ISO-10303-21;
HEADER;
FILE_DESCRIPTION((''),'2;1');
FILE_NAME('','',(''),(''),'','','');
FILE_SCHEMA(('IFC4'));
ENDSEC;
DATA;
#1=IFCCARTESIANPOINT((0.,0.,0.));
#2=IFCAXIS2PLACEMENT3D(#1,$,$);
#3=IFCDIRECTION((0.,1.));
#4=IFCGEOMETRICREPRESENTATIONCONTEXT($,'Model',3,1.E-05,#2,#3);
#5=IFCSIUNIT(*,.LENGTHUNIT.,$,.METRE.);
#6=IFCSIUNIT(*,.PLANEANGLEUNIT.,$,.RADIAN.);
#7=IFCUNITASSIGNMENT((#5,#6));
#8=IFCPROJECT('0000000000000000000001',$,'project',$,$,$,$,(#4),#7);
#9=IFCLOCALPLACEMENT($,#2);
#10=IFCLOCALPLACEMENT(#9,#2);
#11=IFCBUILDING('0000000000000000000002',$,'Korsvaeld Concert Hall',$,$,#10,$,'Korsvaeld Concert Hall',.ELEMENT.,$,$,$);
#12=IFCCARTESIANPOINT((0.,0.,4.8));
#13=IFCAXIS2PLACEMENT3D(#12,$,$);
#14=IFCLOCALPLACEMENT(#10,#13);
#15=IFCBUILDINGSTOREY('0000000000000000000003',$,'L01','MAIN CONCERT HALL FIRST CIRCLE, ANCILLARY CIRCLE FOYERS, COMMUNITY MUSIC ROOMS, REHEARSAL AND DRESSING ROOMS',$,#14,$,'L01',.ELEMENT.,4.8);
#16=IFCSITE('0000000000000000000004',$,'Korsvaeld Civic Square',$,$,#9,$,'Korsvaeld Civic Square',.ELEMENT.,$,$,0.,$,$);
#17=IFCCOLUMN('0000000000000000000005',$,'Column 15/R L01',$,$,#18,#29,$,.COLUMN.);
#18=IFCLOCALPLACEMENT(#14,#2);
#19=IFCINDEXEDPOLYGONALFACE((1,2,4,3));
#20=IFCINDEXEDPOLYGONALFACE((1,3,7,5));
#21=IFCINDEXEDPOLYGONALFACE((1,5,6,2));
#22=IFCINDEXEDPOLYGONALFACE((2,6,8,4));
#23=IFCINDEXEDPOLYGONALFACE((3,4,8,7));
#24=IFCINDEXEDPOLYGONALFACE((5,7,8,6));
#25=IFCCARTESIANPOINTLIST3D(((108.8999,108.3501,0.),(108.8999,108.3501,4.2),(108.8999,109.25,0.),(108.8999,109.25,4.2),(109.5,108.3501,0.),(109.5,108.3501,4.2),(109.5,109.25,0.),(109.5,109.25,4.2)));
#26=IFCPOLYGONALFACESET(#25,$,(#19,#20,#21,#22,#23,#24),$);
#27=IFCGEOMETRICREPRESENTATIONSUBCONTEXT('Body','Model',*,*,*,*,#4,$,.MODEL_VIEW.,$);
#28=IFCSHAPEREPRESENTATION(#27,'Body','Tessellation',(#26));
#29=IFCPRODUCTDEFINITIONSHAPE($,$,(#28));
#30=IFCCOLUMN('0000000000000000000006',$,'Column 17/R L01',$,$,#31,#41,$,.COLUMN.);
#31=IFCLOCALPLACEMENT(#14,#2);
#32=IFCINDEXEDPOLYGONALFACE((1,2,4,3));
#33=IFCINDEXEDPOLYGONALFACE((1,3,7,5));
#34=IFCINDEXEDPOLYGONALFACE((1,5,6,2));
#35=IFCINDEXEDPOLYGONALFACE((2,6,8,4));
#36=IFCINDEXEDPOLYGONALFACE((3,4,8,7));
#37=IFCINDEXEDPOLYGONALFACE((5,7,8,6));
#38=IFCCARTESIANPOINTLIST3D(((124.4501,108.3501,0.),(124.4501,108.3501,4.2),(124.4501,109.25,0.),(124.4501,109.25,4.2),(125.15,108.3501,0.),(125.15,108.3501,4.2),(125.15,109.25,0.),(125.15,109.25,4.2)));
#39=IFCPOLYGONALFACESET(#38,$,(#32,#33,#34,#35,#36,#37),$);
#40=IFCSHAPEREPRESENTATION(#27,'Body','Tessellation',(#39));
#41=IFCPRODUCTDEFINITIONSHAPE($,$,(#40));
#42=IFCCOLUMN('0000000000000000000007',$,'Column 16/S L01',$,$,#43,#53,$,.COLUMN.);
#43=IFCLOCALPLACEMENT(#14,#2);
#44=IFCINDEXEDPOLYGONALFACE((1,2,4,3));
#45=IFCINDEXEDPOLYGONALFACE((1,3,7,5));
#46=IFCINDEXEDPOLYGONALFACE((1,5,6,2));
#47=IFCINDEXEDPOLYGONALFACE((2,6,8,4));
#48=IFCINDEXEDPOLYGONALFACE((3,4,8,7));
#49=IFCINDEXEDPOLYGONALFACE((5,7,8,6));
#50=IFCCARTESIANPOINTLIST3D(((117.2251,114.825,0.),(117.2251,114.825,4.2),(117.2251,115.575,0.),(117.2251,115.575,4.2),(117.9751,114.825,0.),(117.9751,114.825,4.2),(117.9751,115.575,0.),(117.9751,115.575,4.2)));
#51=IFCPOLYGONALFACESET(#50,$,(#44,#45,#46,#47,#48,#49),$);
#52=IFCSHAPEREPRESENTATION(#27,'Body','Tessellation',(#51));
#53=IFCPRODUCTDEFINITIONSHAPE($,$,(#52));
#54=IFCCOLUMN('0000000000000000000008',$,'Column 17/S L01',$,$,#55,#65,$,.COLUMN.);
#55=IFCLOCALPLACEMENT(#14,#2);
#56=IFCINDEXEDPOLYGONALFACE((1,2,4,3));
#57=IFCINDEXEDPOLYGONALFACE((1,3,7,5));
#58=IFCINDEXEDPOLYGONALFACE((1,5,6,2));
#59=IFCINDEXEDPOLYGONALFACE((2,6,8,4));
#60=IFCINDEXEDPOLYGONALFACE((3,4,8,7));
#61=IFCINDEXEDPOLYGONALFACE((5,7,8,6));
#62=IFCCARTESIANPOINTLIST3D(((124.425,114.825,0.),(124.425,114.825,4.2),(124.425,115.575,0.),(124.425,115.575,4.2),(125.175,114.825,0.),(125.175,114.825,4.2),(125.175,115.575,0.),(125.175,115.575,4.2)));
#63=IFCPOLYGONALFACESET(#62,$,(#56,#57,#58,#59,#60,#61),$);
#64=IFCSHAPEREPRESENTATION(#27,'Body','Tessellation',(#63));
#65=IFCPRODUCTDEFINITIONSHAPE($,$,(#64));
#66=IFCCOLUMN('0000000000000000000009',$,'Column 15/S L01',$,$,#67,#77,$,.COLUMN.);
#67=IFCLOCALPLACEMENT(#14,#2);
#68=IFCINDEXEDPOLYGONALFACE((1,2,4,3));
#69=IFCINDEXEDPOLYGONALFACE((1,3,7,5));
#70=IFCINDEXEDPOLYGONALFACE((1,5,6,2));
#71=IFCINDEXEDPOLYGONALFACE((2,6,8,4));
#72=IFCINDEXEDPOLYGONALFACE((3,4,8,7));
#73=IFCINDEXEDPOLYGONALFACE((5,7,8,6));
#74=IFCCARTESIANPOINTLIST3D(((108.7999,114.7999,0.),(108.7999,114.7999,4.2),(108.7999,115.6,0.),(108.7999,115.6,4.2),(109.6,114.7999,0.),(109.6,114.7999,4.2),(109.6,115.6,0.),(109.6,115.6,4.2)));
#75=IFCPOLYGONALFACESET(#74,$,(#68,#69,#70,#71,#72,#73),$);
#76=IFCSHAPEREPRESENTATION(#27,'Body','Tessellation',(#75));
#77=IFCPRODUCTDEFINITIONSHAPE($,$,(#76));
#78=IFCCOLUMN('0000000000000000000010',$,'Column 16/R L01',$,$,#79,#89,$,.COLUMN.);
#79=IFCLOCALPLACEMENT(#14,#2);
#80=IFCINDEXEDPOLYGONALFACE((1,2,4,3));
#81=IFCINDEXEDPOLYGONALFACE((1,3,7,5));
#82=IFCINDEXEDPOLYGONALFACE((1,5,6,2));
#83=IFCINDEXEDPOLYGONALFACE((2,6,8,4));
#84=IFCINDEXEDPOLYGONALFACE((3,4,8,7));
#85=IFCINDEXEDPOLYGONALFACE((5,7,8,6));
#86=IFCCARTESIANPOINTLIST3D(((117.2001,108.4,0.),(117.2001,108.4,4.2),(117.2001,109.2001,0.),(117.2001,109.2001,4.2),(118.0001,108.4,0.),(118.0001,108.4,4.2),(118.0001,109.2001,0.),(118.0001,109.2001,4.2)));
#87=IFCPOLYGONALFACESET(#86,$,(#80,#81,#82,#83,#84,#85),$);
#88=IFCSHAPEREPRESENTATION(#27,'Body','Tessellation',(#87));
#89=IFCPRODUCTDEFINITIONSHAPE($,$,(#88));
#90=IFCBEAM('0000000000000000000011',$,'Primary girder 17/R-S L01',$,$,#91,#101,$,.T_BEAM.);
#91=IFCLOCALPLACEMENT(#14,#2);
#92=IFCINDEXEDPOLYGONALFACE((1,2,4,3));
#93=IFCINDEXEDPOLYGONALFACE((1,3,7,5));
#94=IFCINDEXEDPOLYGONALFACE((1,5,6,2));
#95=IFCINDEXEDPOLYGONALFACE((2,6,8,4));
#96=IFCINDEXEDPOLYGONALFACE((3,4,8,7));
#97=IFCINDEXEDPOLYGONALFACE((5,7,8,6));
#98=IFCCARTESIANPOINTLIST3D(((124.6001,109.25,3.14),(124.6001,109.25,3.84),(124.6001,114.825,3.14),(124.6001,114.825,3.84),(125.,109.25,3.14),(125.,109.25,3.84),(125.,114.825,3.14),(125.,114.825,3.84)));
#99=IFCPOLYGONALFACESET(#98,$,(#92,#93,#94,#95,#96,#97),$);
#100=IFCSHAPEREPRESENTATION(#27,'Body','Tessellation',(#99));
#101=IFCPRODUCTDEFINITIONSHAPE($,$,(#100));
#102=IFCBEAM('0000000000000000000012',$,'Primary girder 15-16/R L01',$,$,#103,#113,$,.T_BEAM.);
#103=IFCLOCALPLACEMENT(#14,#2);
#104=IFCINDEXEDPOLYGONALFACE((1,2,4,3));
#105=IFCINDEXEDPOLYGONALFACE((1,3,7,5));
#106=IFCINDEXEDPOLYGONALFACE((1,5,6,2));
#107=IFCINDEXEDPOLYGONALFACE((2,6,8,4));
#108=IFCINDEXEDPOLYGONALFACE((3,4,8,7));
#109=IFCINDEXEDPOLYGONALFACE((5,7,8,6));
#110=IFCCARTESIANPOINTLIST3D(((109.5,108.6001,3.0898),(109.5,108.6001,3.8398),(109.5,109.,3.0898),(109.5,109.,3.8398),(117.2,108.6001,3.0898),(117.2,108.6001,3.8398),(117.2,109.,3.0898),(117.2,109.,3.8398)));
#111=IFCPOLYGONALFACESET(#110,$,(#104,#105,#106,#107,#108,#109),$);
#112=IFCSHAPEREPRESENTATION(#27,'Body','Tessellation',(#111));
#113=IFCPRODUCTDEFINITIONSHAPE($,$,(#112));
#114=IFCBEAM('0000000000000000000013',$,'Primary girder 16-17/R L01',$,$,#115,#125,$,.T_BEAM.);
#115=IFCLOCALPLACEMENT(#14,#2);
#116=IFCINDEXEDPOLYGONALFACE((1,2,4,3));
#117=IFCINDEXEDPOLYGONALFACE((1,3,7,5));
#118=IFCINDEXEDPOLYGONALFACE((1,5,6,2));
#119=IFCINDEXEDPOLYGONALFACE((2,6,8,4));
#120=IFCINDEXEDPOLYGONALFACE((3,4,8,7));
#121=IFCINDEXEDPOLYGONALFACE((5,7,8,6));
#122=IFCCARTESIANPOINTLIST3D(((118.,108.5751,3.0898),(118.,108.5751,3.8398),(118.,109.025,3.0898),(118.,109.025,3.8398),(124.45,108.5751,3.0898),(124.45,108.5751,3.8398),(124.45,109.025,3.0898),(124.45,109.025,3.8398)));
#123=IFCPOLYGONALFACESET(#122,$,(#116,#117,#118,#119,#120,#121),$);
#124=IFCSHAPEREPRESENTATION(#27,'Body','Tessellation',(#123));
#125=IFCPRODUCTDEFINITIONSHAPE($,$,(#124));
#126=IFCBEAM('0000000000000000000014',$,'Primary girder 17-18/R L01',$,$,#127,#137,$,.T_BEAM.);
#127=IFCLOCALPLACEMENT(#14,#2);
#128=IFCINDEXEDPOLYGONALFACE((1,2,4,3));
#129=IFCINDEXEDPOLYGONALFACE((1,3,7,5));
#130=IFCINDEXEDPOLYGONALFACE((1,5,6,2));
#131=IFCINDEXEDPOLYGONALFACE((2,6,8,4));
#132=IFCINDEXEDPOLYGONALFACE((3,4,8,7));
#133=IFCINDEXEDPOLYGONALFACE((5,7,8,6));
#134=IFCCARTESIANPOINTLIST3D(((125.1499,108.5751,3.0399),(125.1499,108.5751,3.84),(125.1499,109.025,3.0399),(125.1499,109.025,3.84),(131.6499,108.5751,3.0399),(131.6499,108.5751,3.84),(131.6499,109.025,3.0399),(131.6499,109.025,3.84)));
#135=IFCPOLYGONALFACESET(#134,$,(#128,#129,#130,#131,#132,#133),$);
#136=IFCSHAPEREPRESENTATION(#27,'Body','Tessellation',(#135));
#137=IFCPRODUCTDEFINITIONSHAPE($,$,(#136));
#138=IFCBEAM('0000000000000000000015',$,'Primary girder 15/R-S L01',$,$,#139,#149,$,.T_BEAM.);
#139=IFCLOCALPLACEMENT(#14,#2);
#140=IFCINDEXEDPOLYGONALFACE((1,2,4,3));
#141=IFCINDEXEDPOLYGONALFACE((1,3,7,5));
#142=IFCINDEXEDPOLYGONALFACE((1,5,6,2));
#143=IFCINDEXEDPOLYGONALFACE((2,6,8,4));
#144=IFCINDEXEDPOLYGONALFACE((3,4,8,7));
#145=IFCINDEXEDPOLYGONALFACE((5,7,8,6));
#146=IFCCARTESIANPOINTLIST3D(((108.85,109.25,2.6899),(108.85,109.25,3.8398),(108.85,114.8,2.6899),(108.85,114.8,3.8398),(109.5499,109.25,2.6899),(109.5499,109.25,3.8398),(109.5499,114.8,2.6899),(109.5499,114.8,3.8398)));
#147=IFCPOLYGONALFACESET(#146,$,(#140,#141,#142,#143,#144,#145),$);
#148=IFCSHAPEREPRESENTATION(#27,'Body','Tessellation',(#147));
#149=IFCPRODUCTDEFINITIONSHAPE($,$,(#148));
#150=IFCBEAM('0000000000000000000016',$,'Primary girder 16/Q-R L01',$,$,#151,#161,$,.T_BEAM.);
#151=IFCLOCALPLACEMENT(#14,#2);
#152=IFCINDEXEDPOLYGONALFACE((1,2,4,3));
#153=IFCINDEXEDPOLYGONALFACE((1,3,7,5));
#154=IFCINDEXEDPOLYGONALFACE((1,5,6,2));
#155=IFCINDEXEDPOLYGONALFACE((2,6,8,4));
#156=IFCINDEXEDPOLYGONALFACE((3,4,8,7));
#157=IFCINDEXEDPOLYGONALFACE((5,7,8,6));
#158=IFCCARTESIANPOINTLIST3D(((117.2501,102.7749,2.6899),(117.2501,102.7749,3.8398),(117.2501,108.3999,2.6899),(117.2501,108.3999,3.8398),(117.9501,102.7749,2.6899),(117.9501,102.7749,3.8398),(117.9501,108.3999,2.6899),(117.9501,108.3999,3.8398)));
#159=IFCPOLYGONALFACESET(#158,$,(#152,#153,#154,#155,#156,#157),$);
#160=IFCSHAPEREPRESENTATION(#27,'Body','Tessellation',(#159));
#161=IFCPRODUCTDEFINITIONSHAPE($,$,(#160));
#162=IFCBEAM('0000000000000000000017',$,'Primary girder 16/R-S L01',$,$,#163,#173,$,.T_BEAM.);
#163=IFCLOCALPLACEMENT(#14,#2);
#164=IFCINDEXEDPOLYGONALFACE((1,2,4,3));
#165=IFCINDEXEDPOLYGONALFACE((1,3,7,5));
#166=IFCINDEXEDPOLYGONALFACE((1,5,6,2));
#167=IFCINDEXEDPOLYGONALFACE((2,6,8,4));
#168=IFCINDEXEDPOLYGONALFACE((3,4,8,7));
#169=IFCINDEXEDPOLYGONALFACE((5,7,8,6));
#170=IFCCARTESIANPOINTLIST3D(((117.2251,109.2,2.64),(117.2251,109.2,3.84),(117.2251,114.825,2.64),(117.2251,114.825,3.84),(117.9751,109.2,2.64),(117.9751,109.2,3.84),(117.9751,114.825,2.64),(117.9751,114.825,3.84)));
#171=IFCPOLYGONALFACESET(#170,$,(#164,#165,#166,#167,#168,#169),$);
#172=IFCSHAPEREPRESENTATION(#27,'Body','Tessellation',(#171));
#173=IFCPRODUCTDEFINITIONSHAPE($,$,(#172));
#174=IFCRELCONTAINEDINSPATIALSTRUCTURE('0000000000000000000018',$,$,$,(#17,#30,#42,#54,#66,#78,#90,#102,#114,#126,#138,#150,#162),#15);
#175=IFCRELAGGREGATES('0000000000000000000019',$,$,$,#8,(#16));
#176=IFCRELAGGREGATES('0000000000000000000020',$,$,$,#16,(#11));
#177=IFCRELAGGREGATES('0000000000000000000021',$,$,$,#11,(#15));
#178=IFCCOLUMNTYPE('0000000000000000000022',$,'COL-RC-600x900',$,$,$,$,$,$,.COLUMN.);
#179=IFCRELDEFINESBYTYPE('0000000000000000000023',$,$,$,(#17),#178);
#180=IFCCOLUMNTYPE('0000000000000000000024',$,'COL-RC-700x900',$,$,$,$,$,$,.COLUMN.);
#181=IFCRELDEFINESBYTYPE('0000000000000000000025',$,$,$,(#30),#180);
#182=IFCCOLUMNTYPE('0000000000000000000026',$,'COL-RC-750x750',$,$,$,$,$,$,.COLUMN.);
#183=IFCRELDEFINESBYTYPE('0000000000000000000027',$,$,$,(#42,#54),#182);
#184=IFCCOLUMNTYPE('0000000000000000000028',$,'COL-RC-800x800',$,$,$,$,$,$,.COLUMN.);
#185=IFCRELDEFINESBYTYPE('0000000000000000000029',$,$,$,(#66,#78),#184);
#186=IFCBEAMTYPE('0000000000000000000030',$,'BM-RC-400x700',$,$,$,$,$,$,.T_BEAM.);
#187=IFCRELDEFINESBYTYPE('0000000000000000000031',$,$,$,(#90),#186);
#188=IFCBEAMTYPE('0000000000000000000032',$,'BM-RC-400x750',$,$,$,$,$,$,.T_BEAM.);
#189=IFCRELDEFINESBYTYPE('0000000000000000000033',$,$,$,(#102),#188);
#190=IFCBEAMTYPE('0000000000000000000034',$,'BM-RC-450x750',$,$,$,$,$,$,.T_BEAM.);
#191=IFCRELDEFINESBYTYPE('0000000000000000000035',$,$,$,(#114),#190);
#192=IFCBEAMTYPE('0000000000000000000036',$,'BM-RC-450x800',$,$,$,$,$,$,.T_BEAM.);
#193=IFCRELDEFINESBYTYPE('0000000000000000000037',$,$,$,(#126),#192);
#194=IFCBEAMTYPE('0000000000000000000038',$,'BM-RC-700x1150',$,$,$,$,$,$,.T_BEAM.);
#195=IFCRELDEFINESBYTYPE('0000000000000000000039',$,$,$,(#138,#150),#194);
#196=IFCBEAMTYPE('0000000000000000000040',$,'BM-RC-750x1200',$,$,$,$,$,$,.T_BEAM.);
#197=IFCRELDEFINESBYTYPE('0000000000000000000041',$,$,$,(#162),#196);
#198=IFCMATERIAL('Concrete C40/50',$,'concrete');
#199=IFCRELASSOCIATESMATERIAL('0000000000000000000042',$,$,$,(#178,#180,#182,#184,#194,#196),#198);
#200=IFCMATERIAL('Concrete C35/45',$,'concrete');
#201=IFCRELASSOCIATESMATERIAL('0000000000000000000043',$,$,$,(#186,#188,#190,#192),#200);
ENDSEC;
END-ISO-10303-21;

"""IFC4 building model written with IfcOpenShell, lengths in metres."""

from ifc_helpers import new_model, si_unit, direction, frame, origin, origin_2d, place, context, subcontext, project, spatial, rectangle, extrude, material, material_profile, profile_set, type_object, element, save


model = new_model("IFC4")

# Units and contexts
model_context = context("Model", 3, precision=1e-05, world=origin(), true_north=direction((0.0, 1.0)))
body_context = subcontext(model_context, "Body", "Model", "MODEL_VIEW")
ifc_project = project(units=[si_unit("LENGTHUNIT", "METRE"), si_unit("PLANEANGLEUNIT", "RADIAN")], contexts=[model_context])

# Site, building, storey
site_placement = place(None, origin())
site = spatial("IfcSite", under=ifc_project, at=site_placement, Name="Korsvaeld Civic Square", LongName="Korsvaeld Civic Square", CompositionType="ELEMENT", RefElevation=0.0)
building_placement = place(site_placement, origin())
building = spatial("IfcBuilding", under=site, at=building_placement, Name="Korsvaeld Concert Hall", LongName="Korsvaeld Concert Hall", CompositionType="ELEMENT")
storey_placement = place(building_placement, frame((0.0, 0.0, 4.8)))
storey = spatial("IfcBuildingStorey", under=building, at=storey_placement, Name="L01", Description="MAIN CONCERT HALL FIRST CIRCLE, ANCILLARY CIRCLE FOYERS, COMMUNITY MUSIC ROOMS, REHEARSAL AND DRESSING ROOMS", LongName="L01", CompositionType="ELEMENT", Elevation=4.8)

# Columns
ifc_material_1 = material(Name="Concrete C40/50", Category="concrete")
ifc_material_profile_1 = material_profile(ifc_material_1, rectangle(XDim=0.6001, YDim=0.8999, at=origin_2d()), Name="RC 600x900")
ifc_profile_set_1 = profile_set([ifc_material_profile_1], Name="Concrete C40/50")
column_type_1 = type_object("IfcColumnType", Name="COL-RC-600x900", PredefinedType="COLUMN", material=ifc_profile_set_1)
column_1_placement = place(storey_placement, frame((109.2, 108.8, 0.0), z_axis=(0.0, 0.0, 1.0), x_axis=(1.0, 0.0, 0.0)))
element("IfcColumn", 1, at=column_1_placement, inside=storey, type_object=column_type_1, Name="Column 15/R L01", PredefinedType="COLUMN", context=body_context, shape_type="SweptSolid", body=[
    extrude(rectangle(XDim=0.6001, YDim=0.8999, at=origin_2d()), origin(), (0.0, 0.0, 1.0), 4.2),
])
ifc_material_profile_2 = material_profile(ifc_material_1, rectangle(XDim=0.7, YDim=0.8999, at=origin_2d()), Name="RC 700x900")
ifc_profile_set_2 = profile_set([ifc_material_profile_2], Name="Concrete C40/50")
column_type_2 = type_object("IfcColumnType", Name="COL-RC-700x900", PredefinedType="COLUMN", material=ifc_profile_set_2)
column_2_placement = place(storey_placement, frame((124.8, 108.8, 0.0), z_axis=(0.0, 0.0, 1.0), x_axis=(1.0, 0.0, 0.0)))
element("IfcColumn", 2, at=column_2_placement, inside=storey, type_object=column_type_2, Name="Column 17/R L01", PredefinedType="COLUMN", context=body_context, shape_type="SweptSolid", body=[
    extrude(rectangle(XDim=0.7, YDim=0.8999, at=origin_2d()), origin(), (0.0, 0.0, 1.0), 4.2),
])
ifc_material_profile_3 = material_profile(ifc_material_1, rectangle(XDim=0.75, YDim=0.75, at=origin_2d()), Name="RC 750x750")
ifc_profile_set_3 = profile_set([ifc_material_profile_3], Name="Concrete C40/50")
column_type_3 = type_object("IfcColumnType", Name="COL-RC-750x750", PredefinedType="COLUMN", material=ifc_profile_set_3)
for number, where, z_axis, x_axis, name in (
    (3, (117.6001, 115.2, 0.0), (0.0, 0.0, 1.0), (1.0, 0.0, 0.0), "Column 16/S L01"),
    (4, (124.8, 115.2, 0.0), (0.0, 0.0, 1.0), (1.0, 0.0, 0.0), "Column 17/S L01"),
):
    element("IfcColumn", number, at=place(storey_placement, frame(where, z_axis=z_axis, x_axis=x_axis)), inside=storey, type_object=column_type_3, Name=name, PredefinedType="COLUMN", context=body_context, shape_type="SweptSolid", body=[
        extrude(rectangle(XDim=0.75, YDim=0.75, at=origin_2d()), origin(), (0.0, 0.0, 1.0), 4.2),
    ])
ifc_material_profile_4 = material_profile(ifc_material_1, rectangle(XDim=0.8, YDim=0.8, at=origin_2d()), Name="RC 800x800")
ifc_profile_set_4 = profile_set([ifc_material_profile_4], Name="Concrete C40/50")
column_type_4 = type_object("IfcColumnType", Name="COL-RC-800x800", PredefinedType="COLUMN", material=ifc_profile_set_4)
for number, where, z_axis, x_axis, name in (
    (5, (109.2, 115.2, 0.0), (0.0, 0.0, 1.0), (1.0, 0.0, 0.0), "Column 15/S L01"),
    (6, (117.6001, 108.8, 0.0), (0.0, 0.0, 1.0), (1.0, 0.0, 0.0), "Column 16/R L01"),
):
    element("IfcColumn", number, at=place(storey_placement, frame(where, z_axis=z_axis, x_axis=x_axis)), inside=storey, type_object=column_type_4, Name=name, PredefinedType="COLUMN", context=body_context, shape_type="SweptSolid", body=[
        extrude(rectangle(XDim=0.8, YDim=0.8, at=origin_2d()), origin(), (0.0, 0.0, 1.0), 4.2),
    ])

# Beams
ifc_material_2 = material(Name="Concrete C35/45", Category="concrete")
ifc_material_profile_5 = material_profile(ifc_material_2, rectangle(XDim=0.3999, YDim=0.7, at=origin_2d()), Name="RC 400x700")
ifc_profile_set_5 = profile_set([ifc_material_profile_5], Name="Concrete C35/45")
beam_type_1 = type_object("IfcBeamType", Name="BM-RC-400x700", PredefinedType="T_BEAM", material=ifc_profile_set_5)
beam_1_placement = place(storey_placement, frame((124.8, 109.25, 3.49), z_axis=(0.0, 1.0, 0.0), x_axis=(-1.0, 0.0, 0.0)))
element("IfcBeam", 7, at=beam_1_placement, inside=storey, type_object=beam_type_1, Name="Primary girder 17/R-S L01", PredefinedType="T_BEAM", context=body_context, shape_type="SweptSolid", body=[
    extrude(rectangle(XDim=0.3999, YDim=0.7, at=origin_2d()), origin(), (0.0, 0.0, 1.0), 5.575),
])
ifc_material_profile_6 = material_profile(ifc_material_2, rectangle(XDim=0.3999, YDim=0.75, at=origin_2d()), Name="RC 400x750")
ifc_profile_set_6 = profile_set([ifc_material_profile_6], Name="Concrete C35/45")
beam_type_2 = type_object("IfcBeamType", Name="BM-RC-400x750", PredefinedType="T_BEAM", material=ifc_profile_set_6)
beam_2_placement = place(storey_placement, frame((109.5, 108.8, 3.4648), z_axis=(1.0, 0.0, 0.0), x_axis=(0.0, 1.0, 0.0)))
element("IfcBeam", 8, at=beam_2_placement, inside=storey, type_object=beam_type_2, Name="Primary girder 15-16/R L01", PredefinedType="T_BEAM", context=body_context, shape_type="SweptSolid", body=[
    extrude(rectangle(XDim=0.3999, YDim=0.75, at=origin_2d()), origin(), (0.0, 0.0, 1.0), 7.7),
])
ifc_material_profile_7 = material_profile(ifc_material_2, rectangle(XDim=0.45, YDim=0.75, at=origin_2d()), Name="RC 450x750")
ifc_profile_set_7 = profile_set([ifc_material_profile_7], Name="Concrete C35/45")
beam_type_3 = type_object("IfcBeamType", Name="BM-RC-450x750", PredefinedType="T_BEAM", material=ifc_profile_set_7)
beam_3_placement = place(storey_placement, frame((118.0, 108.8, 3.4648), z_axis=(1.0, 0.0, 0.0), x_axis=(0.0, 1.0, 0.0)))
element("IfcBeam", 9, at=beam_3_placement, inside=storey, type_object=beam_type_3, Name="Primary girder 16-17/R L01", PredefinedType="T_BEAM", context=body_context, shape_type="SweptSolid", body=[
    extrude(rectangle(XDim=0.45, YDim=0.75, at=origin_2d()), origin(), (0.0, 0.0, 1.0), 6.45),
])
ifc_material_profile_8 = material_profile(ifc_material_2, rectangle(XDim=0.45, YDim=0.8, at=origin_2d()), Name="RC 450x800")
ifc_profile_set_8 = profile_set([ifc_material_profile_8], Name="Concrete C35/45")
beam_type_4 = type_object("IfcBeamType", Name="BM-RC-450x800", PredefinedType="T_BEAM", material=ifc_profile_set_8)
beam_4_placement = place(storey_placement, frame((125.1499, 108.8, 3.4399), z_axis=(1.0, 0.0, 0.0), x_axis=(0.0, 1.0, 0.0)))
element("IfcBeam", 10, at=beam_4_placement, inside=storey, type_object=beam_type_4, Name="Primary girder 17-18/R L01", PredefinedType="T_BEAM", context=body_context, shape_type="SweptSolid", body=[
    extrude(rectangle(XDim=0.45, YDim=0.8, at=origin_2d()), origin(), (0.0, 0.0, 1.0), 6.5),
])
ifc_material_profile_9 = material_profile(ifc_material_1, rectangle(XDim=0.7, YDim=1.1499, at=origin_2d()), Name="RC 700x1150")
ifc_profile_set_9 = profile_set([ifc_material_profile_9], Name="Concrete C40/50")
beam_type_5 = type_object("IfcBeamType", Name="BM-RC-700x1150", PredefinedType="T_BEAM", material=ifc_profile_set_9)
beam_5_placement = place(storey_placement, frame((109.2, 109.25, 3.2649), z_axis=(0.0, 1.0, 0.0), x_axis=(-1.0, 0.0, 0.0)))
element("IfcBeam", 11, at=beam_5_placement, inside=storey, type_object=beam_type_5, Name="Primary girder 15/R-S L01", PredefinedType="T_BEAM", context=body_context, shape_type="SweptSolid", body=[
    extrude(rectangle(XDim=0.7, YDim=1.1499, at=origin_2d()), origin(), (0.0, 0.0, 1.0), 5.55),
])
beam_6_placement = place(storey_placement, frame((117.6001, 102.7749, 3.2649), z_axis=(0.0, 1.0, 0.0), x_axis=(-1.0, 0.0, 0.0)))
element("IfcBeam", 12, at=beam_6_placement, inside=storey, type_object=beam_type_5, Name="Primary girder 16/Q-R L01", PredefinedType="T_BEAM", context=body_context, shape_type="SweptSolid", body=[
    extrude(rectangle(XDim=0.7, YDim=1.1499, at=origin_2d()), origin(), (0.0, 0.0, 1.0), 5.625),
])
ifc_material_profile_10 = material_profile(ifc_material_1, rectangle(XDim=0.75, YDim=1.2, at=origin_2d()), Name="RC 750x1200")
ifc_profile_set_10 = profile_set([ifc_material_profile_10], Name="Concrete C40/50")
beam_type_6 = type_object("IfcBeamType", Name="BM-RC-750x1200", PredefinedType="T_BEAM", material=ifc_profile_set_10)
beam_7_placement = place(storey_placement, frame((117.6001, 109.2, 3.24), z_axis=(0.0, 1.0, 0.0), x_axis=(-1.0, 0.0, 0.0)))
element("IfcBeam", 13, at=beam_7_placement, inside=storey, type_object=beam_type_6, Name="Primary girder 16/R-S L01", PredefinedType="T_BEAM", context=body_context, shape_type="SweptSolid", body=[
    extrude(rectangle(XDim=0.75, YDim=1.2, at=origin_2d()), origin(), (0.0, 0.0, 1.0), 5.625),
])

save(model, "model.ifc")
